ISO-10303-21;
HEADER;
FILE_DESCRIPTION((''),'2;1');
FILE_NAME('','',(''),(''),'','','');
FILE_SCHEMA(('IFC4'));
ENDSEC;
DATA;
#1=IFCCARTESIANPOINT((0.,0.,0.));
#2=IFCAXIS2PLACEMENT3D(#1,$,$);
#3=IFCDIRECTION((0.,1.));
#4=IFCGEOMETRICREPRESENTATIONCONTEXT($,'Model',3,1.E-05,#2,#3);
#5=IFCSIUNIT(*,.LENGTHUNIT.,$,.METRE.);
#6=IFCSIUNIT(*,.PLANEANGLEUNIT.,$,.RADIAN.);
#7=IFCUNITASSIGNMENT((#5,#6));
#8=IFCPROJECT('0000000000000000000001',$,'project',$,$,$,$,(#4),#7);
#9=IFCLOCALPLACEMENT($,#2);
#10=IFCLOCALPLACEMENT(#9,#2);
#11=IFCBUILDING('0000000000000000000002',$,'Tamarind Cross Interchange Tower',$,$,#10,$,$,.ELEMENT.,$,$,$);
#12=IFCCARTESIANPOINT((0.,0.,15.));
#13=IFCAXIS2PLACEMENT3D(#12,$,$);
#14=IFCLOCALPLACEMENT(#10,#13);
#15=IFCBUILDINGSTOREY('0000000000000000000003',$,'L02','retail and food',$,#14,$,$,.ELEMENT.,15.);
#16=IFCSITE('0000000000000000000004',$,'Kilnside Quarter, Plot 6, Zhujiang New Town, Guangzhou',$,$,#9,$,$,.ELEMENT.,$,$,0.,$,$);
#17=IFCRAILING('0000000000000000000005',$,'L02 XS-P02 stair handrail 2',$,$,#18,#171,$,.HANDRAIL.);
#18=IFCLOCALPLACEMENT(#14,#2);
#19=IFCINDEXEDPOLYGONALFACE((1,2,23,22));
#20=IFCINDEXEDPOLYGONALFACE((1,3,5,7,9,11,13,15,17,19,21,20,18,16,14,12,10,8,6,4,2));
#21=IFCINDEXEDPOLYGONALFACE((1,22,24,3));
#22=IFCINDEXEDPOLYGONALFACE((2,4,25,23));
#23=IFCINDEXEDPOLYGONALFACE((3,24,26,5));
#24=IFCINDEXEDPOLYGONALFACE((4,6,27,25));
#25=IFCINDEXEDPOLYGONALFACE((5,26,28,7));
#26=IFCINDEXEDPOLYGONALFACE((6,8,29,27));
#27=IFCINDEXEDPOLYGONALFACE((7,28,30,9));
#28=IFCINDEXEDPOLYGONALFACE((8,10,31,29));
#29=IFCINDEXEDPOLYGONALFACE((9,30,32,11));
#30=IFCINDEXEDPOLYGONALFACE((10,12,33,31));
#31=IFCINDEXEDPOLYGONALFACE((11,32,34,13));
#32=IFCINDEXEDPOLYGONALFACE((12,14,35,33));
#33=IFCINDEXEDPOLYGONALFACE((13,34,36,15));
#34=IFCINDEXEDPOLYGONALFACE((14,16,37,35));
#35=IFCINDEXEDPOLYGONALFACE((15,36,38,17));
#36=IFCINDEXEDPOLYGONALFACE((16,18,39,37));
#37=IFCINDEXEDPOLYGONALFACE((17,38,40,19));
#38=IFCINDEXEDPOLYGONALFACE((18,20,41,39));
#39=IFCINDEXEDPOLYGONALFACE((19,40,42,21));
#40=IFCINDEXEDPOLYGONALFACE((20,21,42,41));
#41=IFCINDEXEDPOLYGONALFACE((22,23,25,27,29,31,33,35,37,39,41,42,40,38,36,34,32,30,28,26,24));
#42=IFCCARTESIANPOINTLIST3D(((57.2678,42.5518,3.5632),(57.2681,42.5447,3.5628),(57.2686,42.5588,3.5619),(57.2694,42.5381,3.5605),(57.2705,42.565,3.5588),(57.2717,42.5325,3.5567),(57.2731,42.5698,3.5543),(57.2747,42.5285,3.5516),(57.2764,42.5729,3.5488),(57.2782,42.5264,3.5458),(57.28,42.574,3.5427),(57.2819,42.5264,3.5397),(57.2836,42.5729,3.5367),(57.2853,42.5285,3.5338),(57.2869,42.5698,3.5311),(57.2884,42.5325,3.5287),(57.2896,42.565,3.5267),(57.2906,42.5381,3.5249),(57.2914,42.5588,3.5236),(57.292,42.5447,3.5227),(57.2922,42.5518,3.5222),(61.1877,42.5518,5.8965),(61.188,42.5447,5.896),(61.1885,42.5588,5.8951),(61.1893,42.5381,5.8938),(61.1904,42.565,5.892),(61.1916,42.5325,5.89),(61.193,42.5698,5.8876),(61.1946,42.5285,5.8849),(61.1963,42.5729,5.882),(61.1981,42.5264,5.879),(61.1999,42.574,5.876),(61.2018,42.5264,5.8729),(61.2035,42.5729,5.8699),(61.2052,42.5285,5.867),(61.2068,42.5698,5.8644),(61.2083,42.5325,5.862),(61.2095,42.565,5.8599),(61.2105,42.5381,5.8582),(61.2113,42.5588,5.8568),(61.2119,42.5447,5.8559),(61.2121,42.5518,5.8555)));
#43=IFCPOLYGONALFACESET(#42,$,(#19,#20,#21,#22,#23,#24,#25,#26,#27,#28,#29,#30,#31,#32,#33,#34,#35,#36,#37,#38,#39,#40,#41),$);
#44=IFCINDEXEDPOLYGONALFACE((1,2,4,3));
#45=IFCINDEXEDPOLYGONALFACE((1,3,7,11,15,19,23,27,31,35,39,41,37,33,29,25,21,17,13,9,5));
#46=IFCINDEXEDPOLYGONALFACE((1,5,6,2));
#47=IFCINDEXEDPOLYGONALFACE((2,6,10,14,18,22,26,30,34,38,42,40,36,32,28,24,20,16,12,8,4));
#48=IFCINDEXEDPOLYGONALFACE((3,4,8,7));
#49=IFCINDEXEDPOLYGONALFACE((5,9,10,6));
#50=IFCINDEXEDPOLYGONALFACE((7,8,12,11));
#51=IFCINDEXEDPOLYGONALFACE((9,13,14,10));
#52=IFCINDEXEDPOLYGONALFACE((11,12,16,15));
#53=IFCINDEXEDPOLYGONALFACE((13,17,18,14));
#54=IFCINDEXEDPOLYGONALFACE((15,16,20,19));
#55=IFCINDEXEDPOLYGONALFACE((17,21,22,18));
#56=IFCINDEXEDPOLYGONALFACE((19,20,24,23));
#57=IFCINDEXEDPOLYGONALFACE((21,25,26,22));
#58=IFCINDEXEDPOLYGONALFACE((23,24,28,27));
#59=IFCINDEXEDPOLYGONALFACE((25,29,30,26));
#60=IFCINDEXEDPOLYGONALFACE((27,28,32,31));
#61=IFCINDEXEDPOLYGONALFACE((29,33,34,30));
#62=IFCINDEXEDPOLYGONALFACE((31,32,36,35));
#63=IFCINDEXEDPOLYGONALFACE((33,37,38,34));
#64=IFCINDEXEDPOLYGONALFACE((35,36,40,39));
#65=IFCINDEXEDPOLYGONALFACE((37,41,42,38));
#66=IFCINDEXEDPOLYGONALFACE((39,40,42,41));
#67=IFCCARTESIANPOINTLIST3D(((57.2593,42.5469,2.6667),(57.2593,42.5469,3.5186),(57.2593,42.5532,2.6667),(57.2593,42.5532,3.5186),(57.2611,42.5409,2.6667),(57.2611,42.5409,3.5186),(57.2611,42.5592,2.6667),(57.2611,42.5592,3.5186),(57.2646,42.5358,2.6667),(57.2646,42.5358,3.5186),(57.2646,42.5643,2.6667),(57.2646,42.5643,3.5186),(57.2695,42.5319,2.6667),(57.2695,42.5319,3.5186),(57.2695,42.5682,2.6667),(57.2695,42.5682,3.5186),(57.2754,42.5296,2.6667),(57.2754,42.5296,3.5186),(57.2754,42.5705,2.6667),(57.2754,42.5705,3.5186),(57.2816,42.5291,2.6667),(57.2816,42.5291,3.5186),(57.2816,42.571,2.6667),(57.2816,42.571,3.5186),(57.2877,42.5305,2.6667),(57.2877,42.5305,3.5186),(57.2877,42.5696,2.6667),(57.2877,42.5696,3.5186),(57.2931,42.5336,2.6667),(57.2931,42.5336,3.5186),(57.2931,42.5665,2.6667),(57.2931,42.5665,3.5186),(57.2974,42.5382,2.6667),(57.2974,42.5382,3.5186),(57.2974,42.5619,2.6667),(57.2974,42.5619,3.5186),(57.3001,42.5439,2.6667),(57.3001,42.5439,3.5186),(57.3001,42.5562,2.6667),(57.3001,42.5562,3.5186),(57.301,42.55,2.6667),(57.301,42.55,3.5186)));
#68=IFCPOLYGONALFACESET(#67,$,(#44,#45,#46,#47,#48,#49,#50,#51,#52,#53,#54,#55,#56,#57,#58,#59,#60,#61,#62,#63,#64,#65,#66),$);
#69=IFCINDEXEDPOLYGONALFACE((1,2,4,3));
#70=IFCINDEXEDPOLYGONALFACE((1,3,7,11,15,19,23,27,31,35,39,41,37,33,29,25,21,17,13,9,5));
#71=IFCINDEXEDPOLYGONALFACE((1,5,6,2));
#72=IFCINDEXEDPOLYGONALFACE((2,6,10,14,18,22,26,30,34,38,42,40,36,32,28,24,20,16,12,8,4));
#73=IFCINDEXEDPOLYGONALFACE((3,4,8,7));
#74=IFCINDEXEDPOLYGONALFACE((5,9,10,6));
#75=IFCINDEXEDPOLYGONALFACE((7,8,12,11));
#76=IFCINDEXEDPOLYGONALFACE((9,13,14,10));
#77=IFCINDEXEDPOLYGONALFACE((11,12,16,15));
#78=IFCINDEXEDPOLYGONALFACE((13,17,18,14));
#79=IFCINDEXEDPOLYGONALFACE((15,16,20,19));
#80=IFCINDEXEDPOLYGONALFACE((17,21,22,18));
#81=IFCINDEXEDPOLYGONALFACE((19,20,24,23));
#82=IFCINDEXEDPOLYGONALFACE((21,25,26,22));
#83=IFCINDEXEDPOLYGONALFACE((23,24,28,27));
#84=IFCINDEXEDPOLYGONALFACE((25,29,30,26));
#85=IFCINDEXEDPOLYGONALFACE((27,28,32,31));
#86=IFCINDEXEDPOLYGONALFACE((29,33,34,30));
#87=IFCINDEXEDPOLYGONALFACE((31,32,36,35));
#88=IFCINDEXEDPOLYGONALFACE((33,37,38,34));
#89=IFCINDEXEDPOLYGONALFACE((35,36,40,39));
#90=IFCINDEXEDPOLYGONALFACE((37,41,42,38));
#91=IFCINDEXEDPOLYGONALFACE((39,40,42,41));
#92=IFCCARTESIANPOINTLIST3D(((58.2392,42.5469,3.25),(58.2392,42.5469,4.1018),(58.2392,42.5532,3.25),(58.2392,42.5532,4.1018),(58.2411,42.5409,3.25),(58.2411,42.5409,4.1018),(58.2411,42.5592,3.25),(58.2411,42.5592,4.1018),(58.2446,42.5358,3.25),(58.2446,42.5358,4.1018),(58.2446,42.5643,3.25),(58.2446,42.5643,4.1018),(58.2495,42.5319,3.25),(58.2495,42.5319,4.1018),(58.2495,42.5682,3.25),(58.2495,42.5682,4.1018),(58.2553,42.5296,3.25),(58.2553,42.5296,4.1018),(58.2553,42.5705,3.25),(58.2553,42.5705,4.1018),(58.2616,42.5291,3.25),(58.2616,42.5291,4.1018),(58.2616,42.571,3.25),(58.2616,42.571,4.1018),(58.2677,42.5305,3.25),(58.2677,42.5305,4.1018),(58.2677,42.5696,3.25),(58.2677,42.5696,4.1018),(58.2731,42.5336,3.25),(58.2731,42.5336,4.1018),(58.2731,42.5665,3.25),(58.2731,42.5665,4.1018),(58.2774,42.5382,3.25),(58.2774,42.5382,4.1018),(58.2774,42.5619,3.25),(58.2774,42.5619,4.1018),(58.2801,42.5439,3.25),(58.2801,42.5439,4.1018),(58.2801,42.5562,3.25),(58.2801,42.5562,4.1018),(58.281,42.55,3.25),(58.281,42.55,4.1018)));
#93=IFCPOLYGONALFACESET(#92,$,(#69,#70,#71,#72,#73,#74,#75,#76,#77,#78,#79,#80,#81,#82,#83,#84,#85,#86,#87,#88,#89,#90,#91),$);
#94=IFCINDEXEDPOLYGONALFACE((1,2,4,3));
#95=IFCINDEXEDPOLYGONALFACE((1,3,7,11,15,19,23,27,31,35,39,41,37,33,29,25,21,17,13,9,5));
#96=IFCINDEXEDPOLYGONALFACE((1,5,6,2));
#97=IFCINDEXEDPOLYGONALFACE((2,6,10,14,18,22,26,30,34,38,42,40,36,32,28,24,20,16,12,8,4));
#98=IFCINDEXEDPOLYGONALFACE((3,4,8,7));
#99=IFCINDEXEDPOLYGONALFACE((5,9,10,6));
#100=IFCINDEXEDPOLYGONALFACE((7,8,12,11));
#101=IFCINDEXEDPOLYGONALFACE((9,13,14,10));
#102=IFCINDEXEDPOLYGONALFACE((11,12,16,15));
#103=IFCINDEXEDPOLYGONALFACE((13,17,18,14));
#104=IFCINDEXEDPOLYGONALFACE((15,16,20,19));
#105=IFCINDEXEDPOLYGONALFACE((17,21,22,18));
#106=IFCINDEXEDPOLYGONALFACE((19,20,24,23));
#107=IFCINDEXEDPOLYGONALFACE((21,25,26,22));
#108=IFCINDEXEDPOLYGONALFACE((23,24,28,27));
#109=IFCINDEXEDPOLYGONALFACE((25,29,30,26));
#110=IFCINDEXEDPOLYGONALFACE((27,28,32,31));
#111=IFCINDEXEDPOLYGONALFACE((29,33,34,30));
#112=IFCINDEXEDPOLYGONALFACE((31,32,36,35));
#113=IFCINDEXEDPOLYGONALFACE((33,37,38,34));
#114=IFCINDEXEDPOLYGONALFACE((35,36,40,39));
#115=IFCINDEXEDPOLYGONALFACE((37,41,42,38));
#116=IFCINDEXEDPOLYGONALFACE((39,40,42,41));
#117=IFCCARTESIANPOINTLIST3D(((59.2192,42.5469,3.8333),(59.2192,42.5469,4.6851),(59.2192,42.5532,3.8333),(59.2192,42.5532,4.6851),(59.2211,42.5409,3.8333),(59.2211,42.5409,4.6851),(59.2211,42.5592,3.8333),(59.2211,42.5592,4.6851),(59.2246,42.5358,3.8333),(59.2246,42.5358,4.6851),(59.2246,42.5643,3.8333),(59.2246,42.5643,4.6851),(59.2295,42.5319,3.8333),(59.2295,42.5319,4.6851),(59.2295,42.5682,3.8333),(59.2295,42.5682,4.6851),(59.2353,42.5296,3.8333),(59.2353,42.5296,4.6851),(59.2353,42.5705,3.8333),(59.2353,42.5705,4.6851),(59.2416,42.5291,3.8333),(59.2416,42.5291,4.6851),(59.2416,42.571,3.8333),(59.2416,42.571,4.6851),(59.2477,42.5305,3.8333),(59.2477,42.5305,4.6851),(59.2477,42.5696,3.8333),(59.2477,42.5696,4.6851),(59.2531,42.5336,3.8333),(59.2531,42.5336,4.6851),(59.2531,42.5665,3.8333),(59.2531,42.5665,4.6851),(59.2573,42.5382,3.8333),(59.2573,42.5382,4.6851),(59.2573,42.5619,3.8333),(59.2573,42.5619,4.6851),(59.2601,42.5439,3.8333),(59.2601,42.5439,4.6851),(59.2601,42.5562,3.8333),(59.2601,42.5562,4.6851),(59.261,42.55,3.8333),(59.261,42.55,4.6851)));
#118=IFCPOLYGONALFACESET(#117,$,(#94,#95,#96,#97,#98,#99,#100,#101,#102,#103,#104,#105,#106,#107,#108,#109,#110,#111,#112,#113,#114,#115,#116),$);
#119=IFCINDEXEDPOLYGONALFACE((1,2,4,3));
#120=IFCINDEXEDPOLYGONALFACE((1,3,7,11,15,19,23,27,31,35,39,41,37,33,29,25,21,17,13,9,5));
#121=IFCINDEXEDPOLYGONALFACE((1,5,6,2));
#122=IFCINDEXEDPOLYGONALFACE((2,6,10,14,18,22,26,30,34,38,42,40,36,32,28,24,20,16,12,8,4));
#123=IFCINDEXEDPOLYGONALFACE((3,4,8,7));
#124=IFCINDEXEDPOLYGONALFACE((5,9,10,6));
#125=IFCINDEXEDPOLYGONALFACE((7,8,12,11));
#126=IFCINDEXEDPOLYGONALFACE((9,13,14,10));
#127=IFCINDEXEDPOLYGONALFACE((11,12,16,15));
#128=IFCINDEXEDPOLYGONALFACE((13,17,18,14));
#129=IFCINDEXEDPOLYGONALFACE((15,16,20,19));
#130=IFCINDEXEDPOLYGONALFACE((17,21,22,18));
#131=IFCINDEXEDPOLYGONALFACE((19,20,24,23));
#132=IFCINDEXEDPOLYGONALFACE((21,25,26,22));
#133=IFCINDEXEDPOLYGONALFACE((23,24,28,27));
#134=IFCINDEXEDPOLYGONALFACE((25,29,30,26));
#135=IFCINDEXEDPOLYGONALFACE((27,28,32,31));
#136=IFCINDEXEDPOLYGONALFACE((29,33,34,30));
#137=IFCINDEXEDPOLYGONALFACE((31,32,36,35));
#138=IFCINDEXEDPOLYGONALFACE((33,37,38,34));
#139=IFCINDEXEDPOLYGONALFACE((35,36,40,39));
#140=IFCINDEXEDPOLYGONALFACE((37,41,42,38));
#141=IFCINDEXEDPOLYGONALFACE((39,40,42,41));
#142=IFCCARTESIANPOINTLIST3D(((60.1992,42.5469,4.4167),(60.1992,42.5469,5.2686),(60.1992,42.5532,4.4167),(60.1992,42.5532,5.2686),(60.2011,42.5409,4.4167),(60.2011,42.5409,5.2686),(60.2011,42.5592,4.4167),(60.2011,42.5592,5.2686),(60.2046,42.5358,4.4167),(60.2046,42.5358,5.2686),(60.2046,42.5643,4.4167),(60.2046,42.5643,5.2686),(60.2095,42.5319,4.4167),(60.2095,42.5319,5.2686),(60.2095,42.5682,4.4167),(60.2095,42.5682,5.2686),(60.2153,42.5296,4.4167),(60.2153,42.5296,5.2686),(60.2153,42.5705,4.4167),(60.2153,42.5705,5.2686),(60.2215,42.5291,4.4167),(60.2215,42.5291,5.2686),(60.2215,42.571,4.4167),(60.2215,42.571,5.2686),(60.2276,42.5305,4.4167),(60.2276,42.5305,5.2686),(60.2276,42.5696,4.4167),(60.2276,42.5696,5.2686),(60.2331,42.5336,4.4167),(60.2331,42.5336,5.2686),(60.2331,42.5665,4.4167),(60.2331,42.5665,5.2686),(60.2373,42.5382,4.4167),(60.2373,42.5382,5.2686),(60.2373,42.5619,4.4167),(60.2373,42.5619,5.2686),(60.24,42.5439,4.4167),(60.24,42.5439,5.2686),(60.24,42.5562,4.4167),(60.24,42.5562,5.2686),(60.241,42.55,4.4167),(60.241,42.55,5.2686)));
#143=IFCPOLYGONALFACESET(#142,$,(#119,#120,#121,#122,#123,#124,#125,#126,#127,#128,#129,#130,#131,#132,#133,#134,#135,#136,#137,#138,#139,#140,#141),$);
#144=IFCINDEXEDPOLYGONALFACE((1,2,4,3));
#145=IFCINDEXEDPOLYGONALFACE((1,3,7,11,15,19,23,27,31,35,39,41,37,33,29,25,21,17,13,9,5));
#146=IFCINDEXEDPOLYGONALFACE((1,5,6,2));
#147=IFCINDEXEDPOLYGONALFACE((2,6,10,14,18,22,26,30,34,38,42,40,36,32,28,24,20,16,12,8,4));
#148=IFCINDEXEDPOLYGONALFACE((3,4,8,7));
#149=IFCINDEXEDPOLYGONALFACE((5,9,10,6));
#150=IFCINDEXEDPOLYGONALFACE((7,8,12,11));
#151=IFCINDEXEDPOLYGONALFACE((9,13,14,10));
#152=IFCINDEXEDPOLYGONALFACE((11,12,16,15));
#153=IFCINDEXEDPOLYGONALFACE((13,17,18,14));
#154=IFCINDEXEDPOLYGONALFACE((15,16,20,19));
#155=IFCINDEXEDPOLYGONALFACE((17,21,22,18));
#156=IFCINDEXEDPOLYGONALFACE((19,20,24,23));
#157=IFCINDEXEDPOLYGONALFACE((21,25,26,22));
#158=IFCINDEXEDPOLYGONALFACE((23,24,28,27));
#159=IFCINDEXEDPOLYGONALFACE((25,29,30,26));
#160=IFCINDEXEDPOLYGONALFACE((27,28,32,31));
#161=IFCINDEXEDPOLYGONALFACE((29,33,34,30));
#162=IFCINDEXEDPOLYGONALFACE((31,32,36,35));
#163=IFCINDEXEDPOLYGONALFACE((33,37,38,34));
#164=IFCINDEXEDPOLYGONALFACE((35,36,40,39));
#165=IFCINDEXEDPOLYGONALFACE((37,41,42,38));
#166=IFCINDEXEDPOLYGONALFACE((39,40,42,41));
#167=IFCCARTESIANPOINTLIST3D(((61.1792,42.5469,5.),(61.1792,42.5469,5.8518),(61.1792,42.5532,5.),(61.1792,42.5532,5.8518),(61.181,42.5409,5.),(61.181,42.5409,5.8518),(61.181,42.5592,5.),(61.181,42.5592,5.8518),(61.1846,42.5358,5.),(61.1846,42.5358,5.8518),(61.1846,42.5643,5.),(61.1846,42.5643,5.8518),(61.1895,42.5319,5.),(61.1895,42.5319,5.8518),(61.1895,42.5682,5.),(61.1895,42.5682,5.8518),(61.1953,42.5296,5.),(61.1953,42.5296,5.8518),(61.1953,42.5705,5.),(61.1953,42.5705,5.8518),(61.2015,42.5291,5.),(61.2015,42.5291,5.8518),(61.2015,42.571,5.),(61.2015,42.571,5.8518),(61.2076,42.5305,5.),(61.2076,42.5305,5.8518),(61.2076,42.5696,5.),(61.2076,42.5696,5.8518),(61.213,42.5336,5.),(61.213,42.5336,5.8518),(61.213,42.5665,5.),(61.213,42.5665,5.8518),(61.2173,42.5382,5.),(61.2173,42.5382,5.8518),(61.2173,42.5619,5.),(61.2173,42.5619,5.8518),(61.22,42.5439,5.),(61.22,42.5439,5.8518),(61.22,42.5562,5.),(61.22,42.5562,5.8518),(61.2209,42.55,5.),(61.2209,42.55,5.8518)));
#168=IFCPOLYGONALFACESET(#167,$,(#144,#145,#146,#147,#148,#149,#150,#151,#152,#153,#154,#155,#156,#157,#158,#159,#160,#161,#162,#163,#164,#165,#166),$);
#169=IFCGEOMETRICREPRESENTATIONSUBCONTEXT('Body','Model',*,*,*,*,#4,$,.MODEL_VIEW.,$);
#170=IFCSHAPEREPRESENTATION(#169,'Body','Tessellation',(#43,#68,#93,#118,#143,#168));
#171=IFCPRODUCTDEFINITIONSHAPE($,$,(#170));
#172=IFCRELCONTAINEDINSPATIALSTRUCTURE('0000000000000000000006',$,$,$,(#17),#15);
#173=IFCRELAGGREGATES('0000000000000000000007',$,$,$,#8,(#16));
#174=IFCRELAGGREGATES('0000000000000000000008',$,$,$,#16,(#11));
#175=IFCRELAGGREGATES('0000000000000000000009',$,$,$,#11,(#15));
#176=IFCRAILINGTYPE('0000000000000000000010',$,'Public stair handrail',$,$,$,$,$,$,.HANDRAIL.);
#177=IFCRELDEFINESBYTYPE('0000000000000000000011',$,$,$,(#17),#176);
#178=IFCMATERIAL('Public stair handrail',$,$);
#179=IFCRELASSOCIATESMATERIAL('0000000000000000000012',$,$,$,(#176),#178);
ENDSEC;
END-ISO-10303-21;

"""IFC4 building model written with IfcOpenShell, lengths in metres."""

from ifc_helpers import new_model, si_unit, direction, frame, origin, origin_2d, place, context, subcontext, project, spatial, circle, extrude, material, type_object, element, save


model = new_model("IFC4")

# Units and contexts
model_context = context("Model", 3, precision=1e-05, world=origin(), true_north=direction((0.0, 1.0)))
body_context = subcontext(model_context, "Body", "Model", "MODEL_VIEW")
ifc_project = project(units=[si_unit("LENGTHUNIT", "METRE"), si_unit("PLANEANGLEUNIT", "RADIAN")], contexts=[model_context])

# Site, building, storey
site_placement = place(None, origin())
site = spatial("IfcSite", under=ifc_project, at=site_placement, Name="Kilnside Quarter, Plot 6, Zhujiang New Town, Guangzhou", CompositionType="ELEMENT", RefElevation=0.0)
building_placement = place(site_placement, origin())
building = spatial("IfcBuilding", under=site, at=building_placement, Name="Tamarind Cross Interchange Tower", CompositionType="ELEMENT")
storey_placement = place(building_placement, frame((0.0, 0.0, 15.0)))
storey = spatial("IfcBuildingStorey", under=building, at=storey_placement, Name="L02", Description="retail and food", CompositionType="ELEMENT", Elevation=15.0)

# Railing
ifc_material_1 = material(Name="Public stair handrail")
railing_type_1 = type_object("IfcRailingType", Name="Public stair handrail", PredefinedType="HANDRAIL", material=ifc_material_1)
railing_1_placement = place(storey_placement, frame((57.28, 42.55, 2.6667)))
element("IfcRailing", 1, at=railing_1_placement, inside=storey, type_object=railing_type_1, Name="L02 XS-P02 stair handrail 2", PredefinedType="HANDRAIL", context=body_context, shape_type="SweptSolid", body=[
    extrude(circle(Radius=0.0239, at=origin_2d()), frame((0.0, 0.0, 0.876), z_axis=(0.859296, 0.0, 0.511478), x_axis=(0.0, 1.0, 0.0)), (0.0, 0.0, 1.0), 4.5618),
    extrude(circle(Radius=0.021, at=origin_2d()), origin(), (0.0, 0.0, 1.0), 0.8518),
    extrude(circle(Radius=0.021, at=origin_2d()), frame((0.98, 0.0, 0.5833)), (0.0, 0.0, 1.0), 0.8518),
    extrude(circle(Radius=0.021, at=origin_2d()), frame((1.96, 0.0, 1.1665)), (0.0, 0.0, 1.0), 0.8518),
    extrude(circle(Radius=0.021, at=origin_2d()), frame((2.9399, 0.0, 1.75)), (0.0, 0.0, 1.0), 0.8518),
    extrude(circle(Radius=0.021, at=origin_2d()), frame((3.9199, 0.0, 2.3333)), (0.0, 0.0, 1.0), 0.8518),
])

save(model, "model.ifc")
